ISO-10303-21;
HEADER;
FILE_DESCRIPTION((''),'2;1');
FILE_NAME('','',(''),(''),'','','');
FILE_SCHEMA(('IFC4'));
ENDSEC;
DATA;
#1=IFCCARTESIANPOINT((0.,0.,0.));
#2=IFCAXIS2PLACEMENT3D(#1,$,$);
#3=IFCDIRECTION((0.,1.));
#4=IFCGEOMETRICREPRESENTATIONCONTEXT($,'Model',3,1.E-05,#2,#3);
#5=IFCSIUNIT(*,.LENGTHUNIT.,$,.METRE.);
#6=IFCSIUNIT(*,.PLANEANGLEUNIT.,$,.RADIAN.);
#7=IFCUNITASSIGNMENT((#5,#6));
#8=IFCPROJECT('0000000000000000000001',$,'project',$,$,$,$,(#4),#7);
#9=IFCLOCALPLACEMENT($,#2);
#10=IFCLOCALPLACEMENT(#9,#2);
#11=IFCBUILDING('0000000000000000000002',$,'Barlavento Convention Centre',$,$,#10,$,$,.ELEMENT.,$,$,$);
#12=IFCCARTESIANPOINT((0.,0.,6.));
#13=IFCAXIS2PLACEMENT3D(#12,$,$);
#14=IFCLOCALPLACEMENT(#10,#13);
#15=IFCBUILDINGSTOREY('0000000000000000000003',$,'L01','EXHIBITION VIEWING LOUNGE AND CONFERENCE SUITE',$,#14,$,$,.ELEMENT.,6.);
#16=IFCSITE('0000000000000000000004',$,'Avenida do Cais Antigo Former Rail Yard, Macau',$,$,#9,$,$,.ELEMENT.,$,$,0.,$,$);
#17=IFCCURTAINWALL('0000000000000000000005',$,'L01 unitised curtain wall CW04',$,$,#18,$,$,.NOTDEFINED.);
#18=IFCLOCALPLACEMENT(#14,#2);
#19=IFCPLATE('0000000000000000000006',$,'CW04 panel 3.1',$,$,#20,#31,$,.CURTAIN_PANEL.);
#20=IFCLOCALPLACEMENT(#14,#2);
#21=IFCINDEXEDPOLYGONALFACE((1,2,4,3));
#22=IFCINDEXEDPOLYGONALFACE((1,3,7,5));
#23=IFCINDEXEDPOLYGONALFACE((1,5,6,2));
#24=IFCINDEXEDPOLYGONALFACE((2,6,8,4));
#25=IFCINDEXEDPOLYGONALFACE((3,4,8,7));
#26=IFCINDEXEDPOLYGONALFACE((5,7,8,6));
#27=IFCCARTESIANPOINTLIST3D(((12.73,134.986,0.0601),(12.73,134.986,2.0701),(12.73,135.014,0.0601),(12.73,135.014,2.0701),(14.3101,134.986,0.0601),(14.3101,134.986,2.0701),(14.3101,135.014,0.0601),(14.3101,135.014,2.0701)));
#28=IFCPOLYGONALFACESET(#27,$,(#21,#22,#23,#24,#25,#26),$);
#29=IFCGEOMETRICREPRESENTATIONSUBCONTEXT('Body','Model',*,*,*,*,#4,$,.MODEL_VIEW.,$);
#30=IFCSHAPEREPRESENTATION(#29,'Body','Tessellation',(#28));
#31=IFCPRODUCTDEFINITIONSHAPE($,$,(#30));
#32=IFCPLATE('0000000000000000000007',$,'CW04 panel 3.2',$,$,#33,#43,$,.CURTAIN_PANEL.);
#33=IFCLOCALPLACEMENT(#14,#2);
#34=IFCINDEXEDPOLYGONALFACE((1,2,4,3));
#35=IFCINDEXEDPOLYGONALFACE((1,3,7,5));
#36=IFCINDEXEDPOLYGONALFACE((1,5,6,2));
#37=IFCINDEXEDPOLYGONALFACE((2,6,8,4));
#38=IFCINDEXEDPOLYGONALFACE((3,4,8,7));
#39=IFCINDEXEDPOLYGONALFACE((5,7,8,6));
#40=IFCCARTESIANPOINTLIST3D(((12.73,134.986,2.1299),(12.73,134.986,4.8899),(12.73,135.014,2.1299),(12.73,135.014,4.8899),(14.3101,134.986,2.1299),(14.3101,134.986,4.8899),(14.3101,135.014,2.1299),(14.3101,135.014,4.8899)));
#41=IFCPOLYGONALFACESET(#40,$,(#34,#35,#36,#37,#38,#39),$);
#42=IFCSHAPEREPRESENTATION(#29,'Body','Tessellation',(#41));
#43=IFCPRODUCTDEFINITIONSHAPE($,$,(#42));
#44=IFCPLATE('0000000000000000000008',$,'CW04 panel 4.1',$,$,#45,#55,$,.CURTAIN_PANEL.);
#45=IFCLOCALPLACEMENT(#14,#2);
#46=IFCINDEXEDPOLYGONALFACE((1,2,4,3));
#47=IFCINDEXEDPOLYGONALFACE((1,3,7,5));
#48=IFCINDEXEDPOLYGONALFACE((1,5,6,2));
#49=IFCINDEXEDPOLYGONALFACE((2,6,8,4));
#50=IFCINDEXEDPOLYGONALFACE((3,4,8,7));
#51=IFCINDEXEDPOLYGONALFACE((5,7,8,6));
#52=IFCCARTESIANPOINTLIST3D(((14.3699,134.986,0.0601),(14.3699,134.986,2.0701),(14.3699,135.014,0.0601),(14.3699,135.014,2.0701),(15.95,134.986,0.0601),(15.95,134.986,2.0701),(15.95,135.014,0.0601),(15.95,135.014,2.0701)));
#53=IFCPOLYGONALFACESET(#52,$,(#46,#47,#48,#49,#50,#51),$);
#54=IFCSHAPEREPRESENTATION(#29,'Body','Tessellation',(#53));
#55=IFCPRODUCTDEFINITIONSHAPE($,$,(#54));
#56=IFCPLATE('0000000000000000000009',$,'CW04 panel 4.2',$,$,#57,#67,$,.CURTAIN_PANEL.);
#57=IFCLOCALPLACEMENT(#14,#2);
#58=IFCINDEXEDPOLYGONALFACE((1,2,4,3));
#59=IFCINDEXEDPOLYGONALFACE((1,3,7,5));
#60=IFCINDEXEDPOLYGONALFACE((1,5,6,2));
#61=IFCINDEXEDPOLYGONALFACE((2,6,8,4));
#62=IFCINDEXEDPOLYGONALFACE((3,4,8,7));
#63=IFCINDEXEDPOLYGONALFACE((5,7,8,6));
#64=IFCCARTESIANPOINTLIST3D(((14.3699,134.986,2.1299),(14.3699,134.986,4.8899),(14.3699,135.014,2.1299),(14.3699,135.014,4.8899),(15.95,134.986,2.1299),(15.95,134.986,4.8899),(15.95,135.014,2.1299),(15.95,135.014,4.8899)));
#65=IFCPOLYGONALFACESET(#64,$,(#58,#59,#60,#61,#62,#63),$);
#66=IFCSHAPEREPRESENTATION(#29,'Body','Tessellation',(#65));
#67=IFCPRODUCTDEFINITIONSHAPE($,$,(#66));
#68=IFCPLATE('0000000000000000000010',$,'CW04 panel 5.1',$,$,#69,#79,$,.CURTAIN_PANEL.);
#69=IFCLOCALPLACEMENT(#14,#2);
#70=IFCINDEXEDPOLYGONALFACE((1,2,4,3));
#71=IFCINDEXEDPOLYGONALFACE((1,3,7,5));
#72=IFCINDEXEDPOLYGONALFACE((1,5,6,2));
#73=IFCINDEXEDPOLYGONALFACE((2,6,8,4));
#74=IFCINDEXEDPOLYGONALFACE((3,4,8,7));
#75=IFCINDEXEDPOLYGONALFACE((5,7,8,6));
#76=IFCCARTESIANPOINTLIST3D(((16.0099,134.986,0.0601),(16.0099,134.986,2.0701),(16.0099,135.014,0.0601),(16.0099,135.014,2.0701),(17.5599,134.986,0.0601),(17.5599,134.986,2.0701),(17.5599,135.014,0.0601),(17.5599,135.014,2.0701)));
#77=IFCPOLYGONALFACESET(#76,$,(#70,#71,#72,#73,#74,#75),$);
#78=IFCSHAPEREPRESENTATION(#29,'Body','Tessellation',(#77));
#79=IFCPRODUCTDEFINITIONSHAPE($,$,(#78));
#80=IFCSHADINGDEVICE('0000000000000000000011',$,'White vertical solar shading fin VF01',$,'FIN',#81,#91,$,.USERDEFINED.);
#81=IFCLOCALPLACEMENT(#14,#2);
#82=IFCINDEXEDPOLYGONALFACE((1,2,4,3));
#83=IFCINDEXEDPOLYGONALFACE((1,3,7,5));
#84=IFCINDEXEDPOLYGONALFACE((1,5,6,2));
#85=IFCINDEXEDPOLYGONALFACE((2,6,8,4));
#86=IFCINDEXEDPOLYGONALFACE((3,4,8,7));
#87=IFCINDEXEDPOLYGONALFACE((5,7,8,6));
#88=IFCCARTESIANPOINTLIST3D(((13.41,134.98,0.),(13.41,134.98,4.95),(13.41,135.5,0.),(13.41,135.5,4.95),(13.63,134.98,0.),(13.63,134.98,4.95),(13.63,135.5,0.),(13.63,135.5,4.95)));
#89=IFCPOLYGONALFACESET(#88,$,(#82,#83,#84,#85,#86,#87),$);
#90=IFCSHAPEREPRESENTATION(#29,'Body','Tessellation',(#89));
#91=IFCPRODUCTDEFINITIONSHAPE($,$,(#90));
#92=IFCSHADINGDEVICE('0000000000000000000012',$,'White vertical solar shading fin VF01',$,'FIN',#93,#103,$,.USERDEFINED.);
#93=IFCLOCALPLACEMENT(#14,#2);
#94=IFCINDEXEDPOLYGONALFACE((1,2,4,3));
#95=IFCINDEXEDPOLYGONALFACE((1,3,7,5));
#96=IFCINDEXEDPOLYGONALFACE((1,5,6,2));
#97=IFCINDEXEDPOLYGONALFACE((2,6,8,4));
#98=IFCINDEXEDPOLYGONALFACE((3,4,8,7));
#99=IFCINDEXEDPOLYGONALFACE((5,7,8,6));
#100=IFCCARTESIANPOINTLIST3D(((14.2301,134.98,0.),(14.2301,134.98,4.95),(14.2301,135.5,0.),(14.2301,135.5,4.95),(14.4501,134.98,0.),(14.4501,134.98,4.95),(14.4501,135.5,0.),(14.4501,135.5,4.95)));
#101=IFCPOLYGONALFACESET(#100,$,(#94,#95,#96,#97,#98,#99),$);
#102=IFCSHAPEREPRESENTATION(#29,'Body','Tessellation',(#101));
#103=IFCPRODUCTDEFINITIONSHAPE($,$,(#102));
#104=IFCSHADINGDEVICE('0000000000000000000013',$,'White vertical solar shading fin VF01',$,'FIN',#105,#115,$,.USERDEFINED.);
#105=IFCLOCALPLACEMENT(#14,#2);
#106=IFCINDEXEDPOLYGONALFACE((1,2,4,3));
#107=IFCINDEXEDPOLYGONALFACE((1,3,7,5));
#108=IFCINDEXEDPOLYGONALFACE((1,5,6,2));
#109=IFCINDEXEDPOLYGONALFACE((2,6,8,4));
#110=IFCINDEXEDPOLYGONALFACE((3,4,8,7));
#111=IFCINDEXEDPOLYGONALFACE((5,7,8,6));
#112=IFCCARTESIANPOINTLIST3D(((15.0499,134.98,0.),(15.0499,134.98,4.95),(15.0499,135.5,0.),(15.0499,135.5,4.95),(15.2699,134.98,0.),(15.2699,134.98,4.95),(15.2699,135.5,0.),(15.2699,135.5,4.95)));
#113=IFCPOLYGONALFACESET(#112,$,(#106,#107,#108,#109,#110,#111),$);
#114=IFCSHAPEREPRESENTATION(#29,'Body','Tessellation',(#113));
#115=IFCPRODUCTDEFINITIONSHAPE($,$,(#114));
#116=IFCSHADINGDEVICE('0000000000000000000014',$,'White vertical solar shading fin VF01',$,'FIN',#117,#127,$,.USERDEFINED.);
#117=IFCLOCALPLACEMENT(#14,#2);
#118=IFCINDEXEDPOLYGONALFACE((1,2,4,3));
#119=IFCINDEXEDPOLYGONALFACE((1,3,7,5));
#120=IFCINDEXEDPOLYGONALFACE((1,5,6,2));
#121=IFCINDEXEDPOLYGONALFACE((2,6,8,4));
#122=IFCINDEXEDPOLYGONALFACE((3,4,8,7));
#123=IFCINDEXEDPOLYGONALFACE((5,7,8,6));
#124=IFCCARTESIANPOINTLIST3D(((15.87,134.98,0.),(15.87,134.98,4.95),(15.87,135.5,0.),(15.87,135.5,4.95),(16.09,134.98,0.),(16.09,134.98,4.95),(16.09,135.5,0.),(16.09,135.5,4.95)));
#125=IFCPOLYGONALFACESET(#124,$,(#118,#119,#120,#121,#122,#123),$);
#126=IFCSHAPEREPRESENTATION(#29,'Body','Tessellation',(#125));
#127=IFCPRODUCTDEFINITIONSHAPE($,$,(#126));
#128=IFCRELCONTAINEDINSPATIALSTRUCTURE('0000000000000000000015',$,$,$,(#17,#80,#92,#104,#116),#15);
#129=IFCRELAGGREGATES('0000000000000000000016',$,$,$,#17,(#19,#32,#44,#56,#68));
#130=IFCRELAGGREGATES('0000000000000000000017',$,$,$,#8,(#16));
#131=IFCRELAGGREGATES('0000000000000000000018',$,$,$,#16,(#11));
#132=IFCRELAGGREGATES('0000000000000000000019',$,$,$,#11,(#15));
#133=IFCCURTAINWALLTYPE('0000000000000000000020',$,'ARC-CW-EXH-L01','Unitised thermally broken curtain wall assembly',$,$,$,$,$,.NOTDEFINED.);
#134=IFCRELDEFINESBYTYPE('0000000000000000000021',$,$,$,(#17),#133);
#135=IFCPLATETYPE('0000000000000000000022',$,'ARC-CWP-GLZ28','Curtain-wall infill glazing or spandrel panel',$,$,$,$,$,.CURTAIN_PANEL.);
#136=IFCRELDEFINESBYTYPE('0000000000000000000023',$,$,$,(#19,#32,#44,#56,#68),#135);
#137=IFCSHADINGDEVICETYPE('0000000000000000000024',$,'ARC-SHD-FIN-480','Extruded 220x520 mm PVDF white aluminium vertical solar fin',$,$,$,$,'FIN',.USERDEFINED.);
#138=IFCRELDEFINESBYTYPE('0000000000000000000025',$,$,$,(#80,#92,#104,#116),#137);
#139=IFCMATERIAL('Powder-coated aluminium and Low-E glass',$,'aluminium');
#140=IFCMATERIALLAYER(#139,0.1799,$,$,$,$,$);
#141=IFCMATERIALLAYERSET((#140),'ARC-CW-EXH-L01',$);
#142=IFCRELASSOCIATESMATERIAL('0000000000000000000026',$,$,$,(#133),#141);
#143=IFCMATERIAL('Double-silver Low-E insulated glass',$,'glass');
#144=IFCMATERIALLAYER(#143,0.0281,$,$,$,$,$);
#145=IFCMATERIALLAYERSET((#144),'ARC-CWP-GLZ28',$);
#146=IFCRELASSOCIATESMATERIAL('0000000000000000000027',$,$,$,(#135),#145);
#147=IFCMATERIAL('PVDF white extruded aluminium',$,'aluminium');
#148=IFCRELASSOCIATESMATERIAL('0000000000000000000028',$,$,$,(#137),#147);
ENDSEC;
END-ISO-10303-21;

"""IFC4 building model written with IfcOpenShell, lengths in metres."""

from ifc_helpers import new_model, si_unit, direction, frame, origin, origin_2d, place, context, subcontext, project, spatial, rectangle, extrude, material, layer, layer_set, type_object, element, aggregate, save


model = new_model("IFC4")

# Units and contexts
model_context = context("Model", 3, precision=1e-05, world=origin(), true_north=direction((0.0, 1.0)))
body_context = subcontext(model_context, "Body", "Model", "MODEL_VIEW")
ifc_project = project(units=[si_unit("LENGTHUNIT", "METRE"), si_unit("PLANEANGLEUNIT", "RADIAN")], contexts=[model_context])

# Site, building, storey
site_placement = place(None, origin())
site = spatial("IfcSite", under=ifc_project, at=site_placement, Name="Avenida do Cais Antigo Former Rail Yard, Macau", CompositionType="ELEMENT", RefElevation=0.0)
building_placement = place(site_placement, origin())
building = spatial("IfcBuilding", under=site, at=building_placement, Name="Barlavento Convention Centre", CompositionType="ELEMENT")
storey_placement = place(building_placement, frame((0.0, 0.0, 6.0)))
storey = spatial("IfcBuildingStorey", under=building, at=storey_placement, Name="L01", Description="EXHIBITION VIEWING LOUNGE AND CONFERENCE SUITE", CompositionType="ELEMENT", Elevation=6.0)

# Curtain wall, plates
ifc_material_1 = material(Name="Powder-coated aluminium and Low-E glass", Category="aluminium")
ifc_layer_1 = layer(ifc_material_1, 0.1799)
ifc_layer_set_1 = layer_set([ifc_layer_1], Name="ARC-CW-EXH-L01")
curtain_wall_type = type_object("IfcCurtainWallType", Name="ARC-CW-EXH-L01", Description="Unitised thermally broken curtain wall assembly", PredefinedType="NOTDEFINED", material=ifc_layer_set_1)
curtain_wall_placement = place(storey_placement, origin())
curtain_wall = element("IfcCurtainWall", 1, at=curtain_wall_placement, inside=storey, type_object=curtain_wall_type, Name="L01 unitised curtain wall CW04", PredefinedType="NOTDEFINED")
ifc_material_2 = material(Name="Double-silver Low-E insulated glass", Category="glass")
ifc_layer_2 = layer(ifc_material_2, 0.0281)
ifc_layer_set_2 = layer_set([ifc_layer_2], Name="ARC-CWP-GLZ28")
plate_type = type_object("IfcPlateType", Name="ARC-CWP-GLZ28", Description="Curtain-wall infill glazing or spandrel panel", PredefinedType="CURTAIN_PANEL", material=ifc_layer_set_2)
plate_1_placement = place(storey_placement, frame((13.52, 135.0, 0.0601), z_axis=(0.0, 0.0, 1.0), x_axis=(1.0, 0.0, 0.0)))
plate_1 = element("IfcPlate", 2, at=plate_1_placement, type_object=plate_type, Name="CW04 panel 3.1", PredefinedType="CURTAIN_PANEL", context=body_context, shape_type="SweptSolid", body=[
    extrude(rectangle(XDim=1.5801, YDim=0.0281, at=origin_2d()), origin(), (0.0, 0.0, 1.0), 2.01),
])
plate_2_placement = place(storey_placement, frame((13.52, 135.0, 2.1299), z_axis=(0.0, 0.0, 1.0), x_axis=(1.0, 0.0, 0.0)))
plate_2 = element("IfcPlate", 3, at=plate_2_placement, type_object=plate_type, Name="CW04 panel 3.2", PredefinedType="CURTAIN_PANEL", context=body_context, shape_type="SweptSolid", body=[
    extrude(rectangle(XDim=1.5801, YDim=0.0281, at=origin_2d()), origin(), (0.0, 0.0, 1.0), 2.76),
])
plate_3_placement = place(storey_placement, frame((15.1599, 135.0, 0.0601), z_axis=(0.0, 0.0, 1.0), x_axis=(1.0, 0.0, 0.0)))
plate_3 = element("IfcPlate", 4, at=plate_3_placement, type_object=plate_type, Name="CW04 panel 4.1", PredefinedType="CURTAIN_PANEL", context=body_context, shape_type="SweptSolid", body=[
    extrude(rectangle(XDim=1.5801, YDim=0.0281, at=origin_2d()), origin(), (0.0, 0.0, 1.0), 2.01),
])
plate_4_placement = place(storey_placement, frame((15.1599, 135.0, 2.1299), z_axis=(0.0, 0.0, 1.0), x_axis=(1.0, 0.0, 0.0)))
plate_4 = element("IfcPlate", 5, at=plate_4_placement, type_object=plate_type, Name="CW04 panel 4.2", PredefinedType="CURTAIN_PANEL", context=body_context, shape_type="SweptSolid", body=[
    extrude(rectangle(XDim=1.5801, YDim=0.0281, at=origin_2d()), origin(), (0.0, 0.0, 1.0), 2.76),
])
plate_5_placement = place(storey_placement, frame((16.7849, 135.0, 0.0601), z_axis=(0.0, 0.0, 1.0), x_axis=(1.0, 0.0, 0.0)))
plate_5 = element("IfcPlate", 6, at=plate_5_placement, type_object=plate_type, Name="CW04 panel 5.1", PredefinedType="CURTAIN_PANEL", context=body_context, shape_type="SweptSolid", body=[
    extrude(rectangle(XDim=1.55, YDim=0.0281, at=origin_2d()), origin(), (0.0, 0.0, 1.0), 2.01),
])
aggregate(curtain_wall, [plate_1, plate_2, plate_3, plate_4, plate_5])

# Shading devices
ifc_material_3 = material(Name="PVDF white extruded aluminium", Category="aluminium")
shading_device_type = type_object("IfcShadingDeviceType", Name="ARC-SHD-FIN-480", Description="Extruded 220x520 mm PVDF white aluminium vertical solar fin", ElementType="FIN", PredefinedType="USERDEFINED", material=ifc_material_3)
for number, where, z_axis, x_axis, name in (
    (7, (13.52, 135.24, 0.0), (0.0, 0.0, 1.0), (1.0, 0.0, 0.0), "White vertical solar shading fin VF01"),
    (8, (14.3401, 135.24, 0.0), (0.0, 0.0, 1.0), (1.0, 0.0, 0.0), "White vertical solar shading fin VF01"),
    (9, (15.1599, 135.24, 0.0), (0.0, 0.0, 1.0), (1.0, 0.0, 0.0), "White vertical solar shading fin VF01"),
    (10, (15.98, 135.24, 0.0), (0.0, 0.0, 1.0), (1.0, 0.0, 0.0), "White vertical solar shading fin VF01"),
):
    element("IfcShadingDevice", number, at=place(storey_placement, frame(where, z_axis=z_axis, x_axis=x_axis)), inside=storey, type_object=shading_device_type, Name=name, ObjectType="FIN", PredefinedType="USERDEFINED", context=body_context, shape_type="SweptSolid", body=[
        extrude(rectangle(XDim=0.22, YDim=0.52, at=origin_2d()), origin(), (0.0, 0.0, 1.0), 4.95),
    ])

save(model, "model.ifc")
